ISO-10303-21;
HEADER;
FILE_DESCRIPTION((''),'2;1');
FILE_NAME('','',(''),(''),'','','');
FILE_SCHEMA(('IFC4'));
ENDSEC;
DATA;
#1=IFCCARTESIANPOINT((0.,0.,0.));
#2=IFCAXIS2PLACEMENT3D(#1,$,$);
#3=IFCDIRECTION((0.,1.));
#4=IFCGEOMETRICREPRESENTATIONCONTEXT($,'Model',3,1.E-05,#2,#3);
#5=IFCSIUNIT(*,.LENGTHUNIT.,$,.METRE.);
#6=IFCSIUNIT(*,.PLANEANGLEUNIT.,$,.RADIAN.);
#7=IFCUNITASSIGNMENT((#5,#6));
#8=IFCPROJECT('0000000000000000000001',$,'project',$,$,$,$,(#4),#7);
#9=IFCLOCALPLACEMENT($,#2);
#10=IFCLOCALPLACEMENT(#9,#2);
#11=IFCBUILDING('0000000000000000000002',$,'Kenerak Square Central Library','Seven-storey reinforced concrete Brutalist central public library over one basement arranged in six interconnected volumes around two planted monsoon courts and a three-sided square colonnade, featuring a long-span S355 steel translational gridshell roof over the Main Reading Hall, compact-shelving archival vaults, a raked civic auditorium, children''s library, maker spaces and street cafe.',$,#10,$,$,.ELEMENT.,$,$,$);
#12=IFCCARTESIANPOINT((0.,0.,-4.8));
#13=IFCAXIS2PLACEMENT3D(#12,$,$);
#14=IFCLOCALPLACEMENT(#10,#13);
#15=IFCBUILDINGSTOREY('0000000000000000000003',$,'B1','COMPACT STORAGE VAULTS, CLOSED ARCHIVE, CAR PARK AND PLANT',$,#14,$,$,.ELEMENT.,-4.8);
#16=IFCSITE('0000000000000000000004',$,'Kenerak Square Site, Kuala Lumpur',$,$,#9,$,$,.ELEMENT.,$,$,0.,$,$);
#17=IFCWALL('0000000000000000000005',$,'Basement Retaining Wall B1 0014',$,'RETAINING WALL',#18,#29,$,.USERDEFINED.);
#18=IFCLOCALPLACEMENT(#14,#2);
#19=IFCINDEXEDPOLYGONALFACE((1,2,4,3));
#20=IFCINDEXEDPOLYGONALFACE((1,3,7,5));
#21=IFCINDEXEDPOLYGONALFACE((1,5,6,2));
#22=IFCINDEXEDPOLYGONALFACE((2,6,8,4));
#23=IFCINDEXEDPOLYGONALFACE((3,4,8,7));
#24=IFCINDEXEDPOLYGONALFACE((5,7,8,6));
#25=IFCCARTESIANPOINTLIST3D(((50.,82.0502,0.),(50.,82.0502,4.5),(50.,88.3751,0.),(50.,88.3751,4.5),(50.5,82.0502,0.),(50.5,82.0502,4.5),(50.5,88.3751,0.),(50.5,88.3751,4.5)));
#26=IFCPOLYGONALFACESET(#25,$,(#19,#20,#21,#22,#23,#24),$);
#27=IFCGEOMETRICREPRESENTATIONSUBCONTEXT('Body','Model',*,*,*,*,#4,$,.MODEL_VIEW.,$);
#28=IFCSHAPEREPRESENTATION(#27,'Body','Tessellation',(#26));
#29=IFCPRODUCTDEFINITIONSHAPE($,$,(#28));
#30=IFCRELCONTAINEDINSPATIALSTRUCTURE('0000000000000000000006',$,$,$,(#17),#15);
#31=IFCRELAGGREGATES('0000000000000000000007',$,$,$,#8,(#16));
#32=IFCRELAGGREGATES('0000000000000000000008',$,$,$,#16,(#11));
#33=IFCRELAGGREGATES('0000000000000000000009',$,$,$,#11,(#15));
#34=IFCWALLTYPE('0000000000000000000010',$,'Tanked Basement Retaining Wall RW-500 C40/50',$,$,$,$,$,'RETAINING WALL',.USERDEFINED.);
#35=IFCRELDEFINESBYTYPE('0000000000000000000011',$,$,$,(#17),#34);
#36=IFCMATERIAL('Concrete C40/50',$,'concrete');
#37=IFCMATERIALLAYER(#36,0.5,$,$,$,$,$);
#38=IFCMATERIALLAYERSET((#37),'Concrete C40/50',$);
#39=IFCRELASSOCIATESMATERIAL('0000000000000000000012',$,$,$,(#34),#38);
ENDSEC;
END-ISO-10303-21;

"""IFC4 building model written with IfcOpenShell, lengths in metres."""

from ifc_helpers import new_model, si_unit, direction, frame, frame_2d, origin, place, context, subcontext, project, spatial, rectangle, extrude, material, layer, layer_set, type_object, element, save


model = new_model("IFC4")

# Units and contexts
model_context = context("Model", 3, precision=1e-05, world=origin(), true_north=direction((0.0, 1.0)))
body_context = subcontext(model_context, "Body", "Model", "MODEL_VIEW")
ifc_project = project(units=[si_unit("LENGTHUNIT", "METRE"), si_unit("PLANEANGLEUNIT", "RADIAN")], contexts=[model_context])

# Site, building, storey
site_placement = place(None, origin())
site = spatial("IfcSite", under=ifc_project, at=site_placement, Name="Kenerak Square Site, Kuala Lumpur", CompositionType="ELEMENT", RefElevation=0.0)
building_placement = place(site_placement, origin())
building = spatial("IfcBuilding", under=site, at=building_placement, Name="Kenerak Square Central Library", Description="Seven-storey reinforced concrete Brutalist central public library over one basement arranged in six interconnected volumes around two planted monsoon courts and a three-sided square colonnade, featuring a long-span S355 steel translational gridshell roof over the Main Reading Hall, compact-shelving archival vaults, a raked civic auditorium, children's library, maker spaces and street cafe.", CompositionType="ELEMENT")
storey_placement = place(building_placement, frame((0.0, 0.0, -4.8)))
storey = spatial("IfcBuildingStorey", under=building, at=storey_placement, Name="B1", Description="COMPACT STORAGE VAULTS, CLOSED ARCHIVE, CAR PARK AND PLANT", CompositionType="ELEMENT", Elevation=-4.8)

# Shared definitions
ifc_material_1 = material(Name="Concrete C40/50", Category="concrete")

# Wall
ifc_layer_1 = layer(ifc_material_1, 0.5)
ifc_layer_set_1 = layer_set([ifc_layer_1], Name="Concrete C40/50")
wall_type_1 = type_object("IfcWallType", Name="Tanked Basement Retaining Wall RW-500 C40/50", ElementType="RETAINING WALL", PredefinedType="USERDEFINED", material=ifc_layer_set_1)
wall_1_placement = place(storey_placement, frame((50.25, 82.05, 0.0), z_axis=(0.0, 0.0, 1.0), x_axis=(0.0, 1.0, 0.0)))
element("IfcWall", 1, at=wall_1_placement, inside=storey, type_object=wall_type_1, Name="Basement Retaining Wall B1 0014", ObjectType="RETAINING WALL", PredefinedType="USERDEFINED", context=body_context, shape_type="SweptSolid", body=[
    extrude(rectangle(XDim=6.325, YDim=0.5, at=frame_2d((3.1626, 0.0))), origin(), (0.0, 0.0, 1.0), 4.5),
])

save(model, "model.ifc")
